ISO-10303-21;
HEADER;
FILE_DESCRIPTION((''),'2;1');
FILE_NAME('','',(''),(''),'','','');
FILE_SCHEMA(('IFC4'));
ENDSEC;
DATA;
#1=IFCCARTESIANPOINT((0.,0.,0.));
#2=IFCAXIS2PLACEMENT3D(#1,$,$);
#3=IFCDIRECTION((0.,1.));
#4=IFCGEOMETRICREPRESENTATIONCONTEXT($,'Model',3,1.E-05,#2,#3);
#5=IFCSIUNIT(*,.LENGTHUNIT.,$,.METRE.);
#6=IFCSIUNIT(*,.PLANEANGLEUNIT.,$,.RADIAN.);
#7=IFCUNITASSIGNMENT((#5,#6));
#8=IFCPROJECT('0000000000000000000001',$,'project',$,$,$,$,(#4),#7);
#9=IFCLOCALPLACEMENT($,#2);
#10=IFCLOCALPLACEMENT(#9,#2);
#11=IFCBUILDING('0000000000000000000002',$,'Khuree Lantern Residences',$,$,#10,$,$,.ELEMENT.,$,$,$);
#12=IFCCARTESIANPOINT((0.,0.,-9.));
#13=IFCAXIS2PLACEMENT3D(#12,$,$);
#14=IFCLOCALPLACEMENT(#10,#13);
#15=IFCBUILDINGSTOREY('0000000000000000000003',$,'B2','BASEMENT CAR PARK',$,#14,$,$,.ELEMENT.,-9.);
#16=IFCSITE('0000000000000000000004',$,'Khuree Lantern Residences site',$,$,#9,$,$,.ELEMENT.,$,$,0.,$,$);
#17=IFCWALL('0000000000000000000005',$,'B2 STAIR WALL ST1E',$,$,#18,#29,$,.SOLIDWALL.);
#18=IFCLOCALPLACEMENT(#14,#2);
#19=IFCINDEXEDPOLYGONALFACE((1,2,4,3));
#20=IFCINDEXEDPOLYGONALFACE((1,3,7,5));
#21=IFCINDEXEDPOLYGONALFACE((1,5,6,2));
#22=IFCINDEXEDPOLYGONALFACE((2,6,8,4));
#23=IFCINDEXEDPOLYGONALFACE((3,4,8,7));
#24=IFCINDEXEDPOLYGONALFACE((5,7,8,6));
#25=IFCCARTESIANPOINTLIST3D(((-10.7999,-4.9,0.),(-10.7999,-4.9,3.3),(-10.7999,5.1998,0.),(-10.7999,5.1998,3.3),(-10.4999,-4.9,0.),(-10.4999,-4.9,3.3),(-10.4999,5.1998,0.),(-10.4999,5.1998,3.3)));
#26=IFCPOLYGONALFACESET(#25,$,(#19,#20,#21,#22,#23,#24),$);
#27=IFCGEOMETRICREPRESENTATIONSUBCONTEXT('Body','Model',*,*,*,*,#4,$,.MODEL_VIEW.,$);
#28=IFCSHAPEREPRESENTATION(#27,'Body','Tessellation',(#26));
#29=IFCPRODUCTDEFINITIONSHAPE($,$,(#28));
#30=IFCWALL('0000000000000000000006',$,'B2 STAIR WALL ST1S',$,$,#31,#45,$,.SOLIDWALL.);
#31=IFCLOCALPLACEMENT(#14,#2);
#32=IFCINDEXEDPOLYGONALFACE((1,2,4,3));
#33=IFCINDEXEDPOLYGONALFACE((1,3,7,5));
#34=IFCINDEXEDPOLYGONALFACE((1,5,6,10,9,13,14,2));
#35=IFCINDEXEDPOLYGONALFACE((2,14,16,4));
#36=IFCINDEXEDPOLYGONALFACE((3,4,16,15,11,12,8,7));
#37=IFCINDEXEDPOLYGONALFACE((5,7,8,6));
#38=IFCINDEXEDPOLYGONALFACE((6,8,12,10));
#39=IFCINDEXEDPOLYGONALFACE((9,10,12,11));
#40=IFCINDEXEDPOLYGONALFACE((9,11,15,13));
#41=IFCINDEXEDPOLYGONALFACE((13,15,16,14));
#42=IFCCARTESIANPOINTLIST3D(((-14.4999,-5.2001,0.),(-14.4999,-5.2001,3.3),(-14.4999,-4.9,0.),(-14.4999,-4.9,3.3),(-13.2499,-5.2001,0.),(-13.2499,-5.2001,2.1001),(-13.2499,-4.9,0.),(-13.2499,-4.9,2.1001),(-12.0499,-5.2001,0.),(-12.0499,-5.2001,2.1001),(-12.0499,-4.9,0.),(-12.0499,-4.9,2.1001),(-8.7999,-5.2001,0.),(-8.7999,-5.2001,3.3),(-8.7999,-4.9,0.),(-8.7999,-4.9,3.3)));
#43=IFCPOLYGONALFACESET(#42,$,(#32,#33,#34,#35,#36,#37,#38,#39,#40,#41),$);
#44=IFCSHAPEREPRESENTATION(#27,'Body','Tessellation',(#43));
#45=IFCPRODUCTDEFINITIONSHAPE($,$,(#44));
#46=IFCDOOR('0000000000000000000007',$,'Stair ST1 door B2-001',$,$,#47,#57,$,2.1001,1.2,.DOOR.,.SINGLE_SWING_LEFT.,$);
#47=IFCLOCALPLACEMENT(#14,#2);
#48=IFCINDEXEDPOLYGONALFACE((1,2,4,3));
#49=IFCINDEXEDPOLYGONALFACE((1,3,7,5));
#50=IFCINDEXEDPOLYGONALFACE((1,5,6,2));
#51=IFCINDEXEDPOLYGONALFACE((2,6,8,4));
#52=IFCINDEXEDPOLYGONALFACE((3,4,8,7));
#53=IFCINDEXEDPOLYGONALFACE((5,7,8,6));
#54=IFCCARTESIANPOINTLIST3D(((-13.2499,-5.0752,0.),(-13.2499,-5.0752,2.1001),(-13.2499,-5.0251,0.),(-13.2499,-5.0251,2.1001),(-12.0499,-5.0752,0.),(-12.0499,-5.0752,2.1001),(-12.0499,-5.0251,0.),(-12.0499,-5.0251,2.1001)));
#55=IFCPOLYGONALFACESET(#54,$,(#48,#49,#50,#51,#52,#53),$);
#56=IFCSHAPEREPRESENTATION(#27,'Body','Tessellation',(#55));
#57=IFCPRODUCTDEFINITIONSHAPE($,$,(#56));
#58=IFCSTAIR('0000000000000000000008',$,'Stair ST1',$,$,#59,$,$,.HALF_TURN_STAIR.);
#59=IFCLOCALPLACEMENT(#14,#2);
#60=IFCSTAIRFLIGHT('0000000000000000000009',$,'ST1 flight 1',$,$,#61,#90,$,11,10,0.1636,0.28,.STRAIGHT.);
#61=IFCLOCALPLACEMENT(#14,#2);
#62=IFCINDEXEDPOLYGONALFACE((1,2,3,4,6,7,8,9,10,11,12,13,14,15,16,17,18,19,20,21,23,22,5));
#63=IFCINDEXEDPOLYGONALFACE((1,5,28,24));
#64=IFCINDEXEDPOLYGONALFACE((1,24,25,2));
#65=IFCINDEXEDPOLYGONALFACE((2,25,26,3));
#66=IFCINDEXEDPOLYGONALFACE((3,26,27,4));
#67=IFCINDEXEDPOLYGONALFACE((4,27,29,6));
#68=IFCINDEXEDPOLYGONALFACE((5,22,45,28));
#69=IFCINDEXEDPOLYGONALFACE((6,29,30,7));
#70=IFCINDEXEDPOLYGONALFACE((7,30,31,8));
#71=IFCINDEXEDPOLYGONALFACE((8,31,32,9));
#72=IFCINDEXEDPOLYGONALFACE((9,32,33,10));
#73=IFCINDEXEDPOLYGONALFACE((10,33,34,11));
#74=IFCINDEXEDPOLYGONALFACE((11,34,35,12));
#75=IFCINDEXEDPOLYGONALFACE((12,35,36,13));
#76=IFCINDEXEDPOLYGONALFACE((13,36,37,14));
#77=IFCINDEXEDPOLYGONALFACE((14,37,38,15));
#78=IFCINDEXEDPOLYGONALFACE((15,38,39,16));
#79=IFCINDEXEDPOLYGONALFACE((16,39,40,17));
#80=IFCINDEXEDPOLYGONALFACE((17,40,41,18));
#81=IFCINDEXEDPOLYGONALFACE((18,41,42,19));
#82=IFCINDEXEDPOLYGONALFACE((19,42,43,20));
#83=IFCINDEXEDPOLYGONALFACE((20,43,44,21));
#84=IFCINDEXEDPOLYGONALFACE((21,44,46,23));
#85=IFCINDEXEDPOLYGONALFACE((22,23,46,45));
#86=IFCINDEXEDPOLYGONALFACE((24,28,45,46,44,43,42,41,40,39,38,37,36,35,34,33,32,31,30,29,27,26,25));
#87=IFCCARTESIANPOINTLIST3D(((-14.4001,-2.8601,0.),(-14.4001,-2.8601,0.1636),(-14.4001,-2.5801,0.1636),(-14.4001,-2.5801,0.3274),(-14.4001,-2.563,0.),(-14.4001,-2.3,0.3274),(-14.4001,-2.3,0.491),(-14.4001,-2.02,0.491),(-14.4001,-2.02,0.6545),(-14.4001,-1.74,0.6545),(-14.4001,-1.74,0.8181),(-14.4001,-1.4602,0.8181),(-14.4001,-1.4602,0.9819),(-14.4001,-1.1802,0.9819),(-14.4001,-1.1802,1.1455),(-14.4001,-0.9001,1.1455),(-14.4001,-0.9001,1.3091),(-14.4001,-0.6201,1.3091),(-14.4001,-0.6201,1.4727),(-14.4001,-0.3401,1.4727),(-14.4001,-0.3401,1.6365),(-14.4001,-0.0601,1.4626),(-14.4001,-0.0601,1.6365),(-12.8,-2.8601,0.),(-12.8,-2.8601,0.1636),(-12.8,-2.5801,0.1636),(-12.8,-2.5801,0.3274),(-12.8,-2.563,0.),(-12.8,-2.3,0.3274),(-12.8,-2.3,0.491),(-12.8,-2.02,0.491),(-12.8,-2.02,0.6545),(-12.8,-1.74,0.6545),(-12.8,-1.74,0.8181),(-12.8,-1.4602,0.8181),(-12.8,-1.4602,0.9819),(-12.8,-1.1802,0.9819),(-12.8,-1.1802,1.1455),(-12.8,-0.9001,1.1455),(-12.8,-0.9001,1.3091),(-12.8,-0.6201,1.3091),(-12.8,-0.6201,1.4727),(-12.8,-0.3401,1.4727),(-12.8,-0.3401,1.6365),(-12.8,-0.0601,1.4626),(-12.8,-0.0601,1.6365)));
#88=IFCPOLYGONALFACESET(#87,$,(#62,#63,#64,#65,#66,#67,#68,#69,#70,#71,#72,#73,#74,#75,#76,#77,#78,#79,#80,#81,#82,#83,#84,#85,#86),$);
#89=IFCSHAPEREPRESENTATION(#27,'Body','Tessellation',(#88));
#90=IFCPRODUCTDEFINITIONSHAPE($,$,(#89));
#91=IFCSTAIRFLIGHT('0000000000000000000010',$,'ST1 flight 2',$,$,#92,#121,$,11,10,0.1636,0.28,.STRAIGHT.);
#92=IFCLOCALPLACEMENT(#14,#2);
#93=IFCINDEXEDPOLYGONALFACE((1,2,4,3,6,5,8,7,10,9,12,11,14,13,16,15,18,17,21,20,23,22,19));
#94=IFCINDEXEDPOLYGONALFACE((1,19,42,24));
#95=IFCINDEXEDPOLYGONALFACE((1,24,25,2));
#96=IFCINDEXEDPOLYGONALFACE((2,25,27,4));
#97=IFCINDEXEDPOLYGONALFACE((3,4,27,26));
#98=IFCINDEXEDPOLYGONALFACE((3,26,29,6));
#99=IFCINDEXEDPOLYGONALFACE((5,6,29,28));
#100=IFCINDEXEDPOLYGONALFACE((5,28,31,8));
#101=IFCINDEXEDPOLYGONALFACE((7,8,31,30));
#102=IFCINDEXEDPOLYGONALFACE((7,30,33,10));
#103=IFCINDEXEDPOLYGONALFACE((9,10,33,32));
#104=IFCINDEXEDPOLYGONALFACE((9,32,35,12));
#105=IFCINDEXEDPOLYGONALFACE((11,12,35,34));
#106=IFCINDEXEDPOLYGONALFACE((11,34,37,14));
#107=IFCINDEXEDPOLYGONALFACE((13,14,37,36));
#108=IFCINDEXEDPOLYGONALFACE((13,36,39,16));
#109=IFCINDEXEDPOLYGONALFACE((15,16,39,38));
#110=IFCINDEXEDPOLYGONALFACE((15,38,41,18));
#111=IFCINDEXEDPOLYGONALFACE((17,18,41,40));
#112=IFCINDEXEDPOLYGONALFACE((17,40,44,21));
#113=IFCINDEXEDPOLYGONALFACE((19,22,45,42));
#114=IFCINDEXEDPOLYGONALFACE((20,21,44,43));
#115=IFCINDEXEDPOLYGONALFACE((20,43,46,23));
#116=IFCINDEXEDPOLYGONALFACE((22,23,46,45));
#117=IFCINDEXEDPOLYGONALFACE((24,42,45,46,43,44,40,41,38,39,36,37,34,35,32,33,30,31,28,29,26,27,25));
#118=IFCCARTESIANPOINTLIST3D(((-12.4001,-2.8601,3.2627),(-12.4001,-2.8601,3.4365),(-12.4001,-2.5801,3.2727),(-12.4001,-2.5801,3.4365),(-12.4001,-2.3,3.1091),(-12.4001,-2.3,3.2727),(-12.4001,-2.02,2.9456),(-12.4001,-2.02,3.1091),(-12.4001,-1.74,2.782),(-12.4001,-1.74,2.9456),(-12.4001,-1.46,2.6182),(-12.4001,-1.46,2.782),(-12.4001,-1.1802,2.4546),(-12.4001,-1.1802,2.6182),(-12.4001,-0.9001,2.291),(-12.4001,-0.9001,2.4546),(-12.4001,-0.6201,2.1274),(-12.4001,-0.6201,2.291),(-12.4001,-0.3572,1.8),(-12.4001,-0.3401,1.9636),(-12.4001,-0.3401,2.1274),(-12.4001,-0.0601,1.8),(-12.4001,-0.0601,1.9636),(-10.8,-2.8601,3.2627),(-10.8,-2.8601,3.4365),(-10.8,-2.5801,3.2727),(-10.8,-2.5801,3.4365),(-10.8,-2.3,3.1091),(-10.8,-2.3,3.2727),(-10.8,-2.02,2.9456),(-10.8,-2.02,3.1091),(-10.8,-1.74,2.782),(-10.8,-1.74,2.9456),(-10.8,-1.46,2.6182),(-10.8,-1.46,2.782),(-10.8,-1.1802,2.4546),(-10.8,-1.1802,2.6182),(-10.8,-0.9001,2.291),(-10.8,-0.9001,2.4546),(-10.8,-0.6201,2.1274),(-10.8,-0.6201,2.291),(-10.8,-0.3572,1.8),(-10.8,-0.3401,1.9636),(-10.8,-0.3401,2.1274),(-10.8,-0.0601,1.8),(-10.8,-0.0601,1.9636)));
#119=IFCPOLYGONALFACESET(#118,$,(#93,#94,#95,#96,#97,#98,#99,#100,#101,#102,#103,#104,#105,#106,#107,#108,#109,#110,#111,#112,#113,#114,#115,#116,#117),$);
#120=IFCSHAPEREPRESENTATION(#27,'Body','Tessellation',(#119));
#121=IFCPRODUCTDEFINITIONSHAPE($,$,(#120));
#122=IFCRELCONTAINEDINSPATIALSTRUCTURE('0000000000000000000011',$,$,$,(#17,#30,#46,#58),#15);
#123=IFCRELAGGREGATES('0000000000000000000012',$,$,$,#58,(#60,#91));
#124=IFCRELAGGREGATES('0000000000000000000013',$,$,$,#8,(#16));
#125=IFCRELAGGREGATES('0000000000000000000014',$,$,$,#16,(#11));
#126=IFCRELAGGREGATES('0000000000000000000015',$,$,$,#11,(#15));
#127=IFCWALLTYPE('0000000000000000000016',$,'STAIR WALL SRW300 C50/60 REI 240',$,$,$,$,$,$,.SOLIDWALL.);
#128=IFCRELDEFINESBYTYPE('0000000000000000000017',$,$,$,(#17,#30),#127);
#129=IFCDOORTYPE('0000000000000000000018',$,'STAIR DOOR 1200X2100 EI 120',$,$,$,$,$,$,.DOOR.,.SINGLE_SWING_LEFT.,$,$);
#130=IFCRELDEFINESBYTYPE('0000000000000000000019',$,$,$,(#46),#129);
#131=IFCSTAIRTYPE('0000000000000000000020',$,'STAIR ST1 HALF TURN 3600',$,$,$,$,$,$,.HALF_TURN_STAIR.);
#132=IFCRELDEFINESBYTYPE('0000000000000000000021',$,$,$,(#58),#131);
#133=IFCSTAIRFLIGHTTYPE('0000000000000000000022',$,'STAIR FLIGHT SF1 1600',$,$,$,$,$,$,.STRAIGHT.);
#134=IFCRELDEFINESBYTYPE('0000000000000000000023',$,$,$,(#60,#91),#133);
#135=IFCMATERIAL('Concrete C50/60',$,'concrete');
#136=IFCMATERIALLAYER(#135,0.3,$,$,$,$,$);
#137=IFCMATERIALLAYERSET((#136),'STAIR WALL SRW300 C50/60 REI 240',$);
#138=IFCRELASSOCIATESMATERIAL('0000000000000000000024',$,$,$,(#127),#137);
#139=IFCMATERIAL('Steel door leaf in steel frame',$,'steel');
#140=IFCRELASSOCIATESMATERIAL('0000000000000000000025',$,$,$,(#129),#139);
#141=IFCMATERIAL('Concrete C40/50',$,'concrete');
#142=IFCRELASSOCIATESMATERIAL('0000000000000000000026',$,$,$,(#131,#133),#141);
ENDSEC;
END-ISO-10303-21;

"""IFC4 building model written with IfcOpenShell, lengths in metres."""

from ifc_helpers import new_model, si_unit, direction, frame, frame_2d, origin, place, context, subcontext, project, spatial, polyline, rectangle, outline, extrude, material, layer, layer_set, type_object, element, fill, aggregate, save


model = new_model("IFC4")

# Units and contexts
model_context = context("Model", 3, precision=1e-05, world=origin(), true_north=direction((0.0, 1.0)))
body_context = subcontext(model_context, "Body", "Model", "MODEL_VIEW")
ifc_project = project(units=[si_unit("LENGTHUNIT", "METRE"), si_unit("PLANEANGLEUNIT", "RADIAN")], contexts=[model_context])

# Site, building, storey
site_placement = place(None, origin())
site = spatial("IfcSite", under=ifc_project, at=site_placement, Name="Khuree Lantern Residences site", CompositionType="ELEMENT", RefElevation=0.0)
building_placement = place(site_placement, origin())
building = spatial("IfcBuilding", under=site, at=building_placement, Name="Khuree Lantern Residences", CompositionType="ELEMENT")
storey_placement = place(building_placement, frame((0.0, 0.0, -9.0)))
storey = spatial("IfcBuildingStorey", under=building, at=storey_placement, Name="B2", Description="BASEMENT CAR PARK", CompositionType="ELEMENT", Elevation=-9.0)

# Shared definitions
ifc_material_1 = material(Name="Steel door leaf in steel frame", Category="steel")

# Wall
ifc_material_2 = material(Name="Concrete C50/60", Category="concrete")
ifc_layer_1 = layer(ifc_material_2, 0.3)
ifc_layer_set_1 = layer_set([ifc_layer_1], Name="STAIR WALL SRW300 C50/60 REI 240")
wall_type_1 = type_object("IfcWallType", Name="STAIR WALL SRW300 C50/60 REI 240", PredefinedType="SOLIDWALL", material=ifc_layer_set_1)
wall_1_placement = place(storey_placement, frame((-10.6499, -4.8999, 0.0), z_axis=(0.0, 0.0, 1.0), x_axis=(0.0, 1.0, 0.0)))
element("IfcWall", 1, at=wall_1_placement, inside=storey, type_object=wall_type_1, Name="B2 STAIR WALL ST1E", PredefinedType="SOLIDWALL", context=body_context, shape_type="SweptSolid", body=[
    extrude(rectangle(XDim=10.0999, YDim=0.3, at=frame_2d((5.0498, 0.0))), origin(), (0.0, 0.0, 1.0), 3.3),
])

# Wall, opening, door
wall_2_placement = place(storey_placement, frame((-14.5, -5.05, 0.0), z_axis=(0.0, 0.0, 1.0), x_axis=(1.0, 0.0, 0.0)))
wall_2 = element("IfcWall", 2, at=wall_2_placement, inside=storey, type_object=wall_type_1, Name="B2 STAIR WALL ST1S", PredefinedType="SOLIDWALL", context=body_context, shape_type="SweptSolid", body=[
    extrude(rectangle(XDim=5.7, YDim=0.3, at=frame_2d((2.8501, 0.0))), origin(), (0.0, 0.0, 1.0), 3.3),
])
opening_1_placement = place(wall_2_placement, frame((1.25, 0.0, 0.0)))
opening_1 = element("IfcOpeningElement", 3, at=opening_1_placement, cuts=wall_2, PredefinedType="OPENING", context=body_context, shape_type="SweptSolid", body=[
    extrude(rectangle(XDim=1.2, YDim=2.1001, at=frame_2d((0.6001, 1.05))), frame((0.0, 0.1602, 0.0), z_axis=(0.0, -1.0, 0.0), x_axis=(1.0, 0.0, 0.0)), (0.0, 0.0, 1.0), 0.3201),
])
door_type_1 = type_object("IfcDoorType", Name="STAIR DOOR 1200X2100 EI 120", OperationType="SINGLE_SWING_LEFT", PredefinedType="DOOR", material=ifc_material_1)
door_1_placement = place(opening_1_placement, origin())
door_1 = element("IfcDoor", 4, at=door_1_placement, inside=storey, type_object=door_type_1, Name="Stair ST1 door B2-001", OperationType="SINGLE_SWING_LEFT", OverallHeight=2.1001, OverallWidth=1.2, PredefinedType="DOOR", context=body_context, shape_type="SweptSolid", body=[
    extrude(rectangle(XDim=1.2, YDim=2.1001, at=frame_2d((0.6001, 1.05))), frame((0.0, 0.0249, 0.0), z_axis=(0.0, -1.0, 0.0), x_axis=(1.0, 0.0, 0.0)), (0.0, 0.0, 1.0), 0.05),
])
fill(opening_1, door_1)

# Stair, stair flights
ifc_material_3 = material(Name="Concrete C40/50", Category="concrete")
stair_type = type_object("IfcStairType", Name="STAIR ST1 HALF TURN 3600", PredefinedType="HALF_TURN_STAIR", material=ifc_material_3)
stair_placement = place(storey_placement, origin())
stair = element("IfcStair", 5, at=stair_placement, inside=storey, type_object=stair_type, Name="Stair ST1", PredefinedType="HALF_TURN_STAIR")
stair_flight_type = type_object("IfcStairFlightType", Name="STAIR FLIGHT SF1 1600", PredefinedType="STRAIGHT", material=ifc_material_3)
stair_flight_1_placement = place(storey_placement, frame((-13.6001, -2.8601, 0.0), z_axis=(0.0, 0.0, 1.0), x_axis=(0.0, 1.0, 0.0)))
stair_flight_1 = element("IfcStairFlight", 6, at=stair_flight_1_placement, type_object=stair_flight_type, Name="ST1 flight 1", NumberOfRisers=11, NumberOfTreads=10, PredefinedType="STRAIGHT", RiserHeight=0.1636, TreadLength=0.28, context=body_context, shape_type="SweptSolid", body=[
    extrude(outline(polyline([(0.0, 0.0), (0.0, 0.1636), (0.28, 0.1636), (0.28, 0.3274), (0.5601, 0.3274), (0.5601, 0.491), (0.8401, 0.491), (0.8401, 0.6545), (1.1201, 0.6545), (1.1201, 0.8181), (1.3999, 0.8181), (1.3999, 0.9819), (1.6799, 0.9819), (1.6799, 1.1455), (1.96, 1.1455), (1.96, 1.3091), (2.24, 1.3091), (2.24, 1.4727), (2.52, 1.4727), (2.52, 1.6365), (2.8, 1.6365), (2.8, 1.8), (2.8, 1.4626), (0.2971, 0.0), (0.0, 0.0)])), frame((0.0, 0.8, 0.0), z_axis=(0.0, -1.0, 0.0), x_axis=(1.0, 0.0, 0.0)), (0.0, 0.0, 1.0), 1.6001),
])
stair_flight_2_placement = place(storey_placement, frame((-11.6001, -0.0601, 1.8), z_axis=(0.0, 0.0, 1.0), x_axis=(0.0, -1.0, 0.0)))
stair_flight_2 = element("IfcStairFlight", 7, at=stair_flight_2_placement, type_object=stair_flight_type, Name="ST1 flight 2", NumberOfRisers=11, NumberOfTreads=10, PredefinedType="STRAIGHT", RiserHeight=0.1636, TreadLength=0.28, context=body_context, shape_type="SweptSolid", body=[
    extrude(outline(polyline([(0.0, 0.0), (0.0, 0.1636), (0.28, 0.1636), (0.28, 0.3274), (0.5601, 0.3274), (0.5601, 0.491), (0.8401, 0.491), (0.8401, 0.6545), (1.1201, 0.6545), (1.1201, 0.8181), (1.3999, 0.8181), (1.3999, 0.9819), (1.6799, 0.9819), (1.6799, 1.1455), (1.96, 1.1455), (1.96, 1.3091), (2.24, 1.3091), (2.24, 1.4727), (2.52, 1.4727), (2.52, 1.6365), (2.8, 1.6365), (2.8, 1.8), (2.8, 1.4626), (0.2971, 0.0), (0.0, 0.0)])), frame((0.0, 0.8, 0.0), z_axis=(0.0, -1.0, 0.0), x_axis=(1.0, 0.0, 0.0)), (0.0, 0.0, 1.0), 1.6001),
])
aggregate(stair, [stair_flight_1, stair_flight_2])

save(model, "model.ifc")
